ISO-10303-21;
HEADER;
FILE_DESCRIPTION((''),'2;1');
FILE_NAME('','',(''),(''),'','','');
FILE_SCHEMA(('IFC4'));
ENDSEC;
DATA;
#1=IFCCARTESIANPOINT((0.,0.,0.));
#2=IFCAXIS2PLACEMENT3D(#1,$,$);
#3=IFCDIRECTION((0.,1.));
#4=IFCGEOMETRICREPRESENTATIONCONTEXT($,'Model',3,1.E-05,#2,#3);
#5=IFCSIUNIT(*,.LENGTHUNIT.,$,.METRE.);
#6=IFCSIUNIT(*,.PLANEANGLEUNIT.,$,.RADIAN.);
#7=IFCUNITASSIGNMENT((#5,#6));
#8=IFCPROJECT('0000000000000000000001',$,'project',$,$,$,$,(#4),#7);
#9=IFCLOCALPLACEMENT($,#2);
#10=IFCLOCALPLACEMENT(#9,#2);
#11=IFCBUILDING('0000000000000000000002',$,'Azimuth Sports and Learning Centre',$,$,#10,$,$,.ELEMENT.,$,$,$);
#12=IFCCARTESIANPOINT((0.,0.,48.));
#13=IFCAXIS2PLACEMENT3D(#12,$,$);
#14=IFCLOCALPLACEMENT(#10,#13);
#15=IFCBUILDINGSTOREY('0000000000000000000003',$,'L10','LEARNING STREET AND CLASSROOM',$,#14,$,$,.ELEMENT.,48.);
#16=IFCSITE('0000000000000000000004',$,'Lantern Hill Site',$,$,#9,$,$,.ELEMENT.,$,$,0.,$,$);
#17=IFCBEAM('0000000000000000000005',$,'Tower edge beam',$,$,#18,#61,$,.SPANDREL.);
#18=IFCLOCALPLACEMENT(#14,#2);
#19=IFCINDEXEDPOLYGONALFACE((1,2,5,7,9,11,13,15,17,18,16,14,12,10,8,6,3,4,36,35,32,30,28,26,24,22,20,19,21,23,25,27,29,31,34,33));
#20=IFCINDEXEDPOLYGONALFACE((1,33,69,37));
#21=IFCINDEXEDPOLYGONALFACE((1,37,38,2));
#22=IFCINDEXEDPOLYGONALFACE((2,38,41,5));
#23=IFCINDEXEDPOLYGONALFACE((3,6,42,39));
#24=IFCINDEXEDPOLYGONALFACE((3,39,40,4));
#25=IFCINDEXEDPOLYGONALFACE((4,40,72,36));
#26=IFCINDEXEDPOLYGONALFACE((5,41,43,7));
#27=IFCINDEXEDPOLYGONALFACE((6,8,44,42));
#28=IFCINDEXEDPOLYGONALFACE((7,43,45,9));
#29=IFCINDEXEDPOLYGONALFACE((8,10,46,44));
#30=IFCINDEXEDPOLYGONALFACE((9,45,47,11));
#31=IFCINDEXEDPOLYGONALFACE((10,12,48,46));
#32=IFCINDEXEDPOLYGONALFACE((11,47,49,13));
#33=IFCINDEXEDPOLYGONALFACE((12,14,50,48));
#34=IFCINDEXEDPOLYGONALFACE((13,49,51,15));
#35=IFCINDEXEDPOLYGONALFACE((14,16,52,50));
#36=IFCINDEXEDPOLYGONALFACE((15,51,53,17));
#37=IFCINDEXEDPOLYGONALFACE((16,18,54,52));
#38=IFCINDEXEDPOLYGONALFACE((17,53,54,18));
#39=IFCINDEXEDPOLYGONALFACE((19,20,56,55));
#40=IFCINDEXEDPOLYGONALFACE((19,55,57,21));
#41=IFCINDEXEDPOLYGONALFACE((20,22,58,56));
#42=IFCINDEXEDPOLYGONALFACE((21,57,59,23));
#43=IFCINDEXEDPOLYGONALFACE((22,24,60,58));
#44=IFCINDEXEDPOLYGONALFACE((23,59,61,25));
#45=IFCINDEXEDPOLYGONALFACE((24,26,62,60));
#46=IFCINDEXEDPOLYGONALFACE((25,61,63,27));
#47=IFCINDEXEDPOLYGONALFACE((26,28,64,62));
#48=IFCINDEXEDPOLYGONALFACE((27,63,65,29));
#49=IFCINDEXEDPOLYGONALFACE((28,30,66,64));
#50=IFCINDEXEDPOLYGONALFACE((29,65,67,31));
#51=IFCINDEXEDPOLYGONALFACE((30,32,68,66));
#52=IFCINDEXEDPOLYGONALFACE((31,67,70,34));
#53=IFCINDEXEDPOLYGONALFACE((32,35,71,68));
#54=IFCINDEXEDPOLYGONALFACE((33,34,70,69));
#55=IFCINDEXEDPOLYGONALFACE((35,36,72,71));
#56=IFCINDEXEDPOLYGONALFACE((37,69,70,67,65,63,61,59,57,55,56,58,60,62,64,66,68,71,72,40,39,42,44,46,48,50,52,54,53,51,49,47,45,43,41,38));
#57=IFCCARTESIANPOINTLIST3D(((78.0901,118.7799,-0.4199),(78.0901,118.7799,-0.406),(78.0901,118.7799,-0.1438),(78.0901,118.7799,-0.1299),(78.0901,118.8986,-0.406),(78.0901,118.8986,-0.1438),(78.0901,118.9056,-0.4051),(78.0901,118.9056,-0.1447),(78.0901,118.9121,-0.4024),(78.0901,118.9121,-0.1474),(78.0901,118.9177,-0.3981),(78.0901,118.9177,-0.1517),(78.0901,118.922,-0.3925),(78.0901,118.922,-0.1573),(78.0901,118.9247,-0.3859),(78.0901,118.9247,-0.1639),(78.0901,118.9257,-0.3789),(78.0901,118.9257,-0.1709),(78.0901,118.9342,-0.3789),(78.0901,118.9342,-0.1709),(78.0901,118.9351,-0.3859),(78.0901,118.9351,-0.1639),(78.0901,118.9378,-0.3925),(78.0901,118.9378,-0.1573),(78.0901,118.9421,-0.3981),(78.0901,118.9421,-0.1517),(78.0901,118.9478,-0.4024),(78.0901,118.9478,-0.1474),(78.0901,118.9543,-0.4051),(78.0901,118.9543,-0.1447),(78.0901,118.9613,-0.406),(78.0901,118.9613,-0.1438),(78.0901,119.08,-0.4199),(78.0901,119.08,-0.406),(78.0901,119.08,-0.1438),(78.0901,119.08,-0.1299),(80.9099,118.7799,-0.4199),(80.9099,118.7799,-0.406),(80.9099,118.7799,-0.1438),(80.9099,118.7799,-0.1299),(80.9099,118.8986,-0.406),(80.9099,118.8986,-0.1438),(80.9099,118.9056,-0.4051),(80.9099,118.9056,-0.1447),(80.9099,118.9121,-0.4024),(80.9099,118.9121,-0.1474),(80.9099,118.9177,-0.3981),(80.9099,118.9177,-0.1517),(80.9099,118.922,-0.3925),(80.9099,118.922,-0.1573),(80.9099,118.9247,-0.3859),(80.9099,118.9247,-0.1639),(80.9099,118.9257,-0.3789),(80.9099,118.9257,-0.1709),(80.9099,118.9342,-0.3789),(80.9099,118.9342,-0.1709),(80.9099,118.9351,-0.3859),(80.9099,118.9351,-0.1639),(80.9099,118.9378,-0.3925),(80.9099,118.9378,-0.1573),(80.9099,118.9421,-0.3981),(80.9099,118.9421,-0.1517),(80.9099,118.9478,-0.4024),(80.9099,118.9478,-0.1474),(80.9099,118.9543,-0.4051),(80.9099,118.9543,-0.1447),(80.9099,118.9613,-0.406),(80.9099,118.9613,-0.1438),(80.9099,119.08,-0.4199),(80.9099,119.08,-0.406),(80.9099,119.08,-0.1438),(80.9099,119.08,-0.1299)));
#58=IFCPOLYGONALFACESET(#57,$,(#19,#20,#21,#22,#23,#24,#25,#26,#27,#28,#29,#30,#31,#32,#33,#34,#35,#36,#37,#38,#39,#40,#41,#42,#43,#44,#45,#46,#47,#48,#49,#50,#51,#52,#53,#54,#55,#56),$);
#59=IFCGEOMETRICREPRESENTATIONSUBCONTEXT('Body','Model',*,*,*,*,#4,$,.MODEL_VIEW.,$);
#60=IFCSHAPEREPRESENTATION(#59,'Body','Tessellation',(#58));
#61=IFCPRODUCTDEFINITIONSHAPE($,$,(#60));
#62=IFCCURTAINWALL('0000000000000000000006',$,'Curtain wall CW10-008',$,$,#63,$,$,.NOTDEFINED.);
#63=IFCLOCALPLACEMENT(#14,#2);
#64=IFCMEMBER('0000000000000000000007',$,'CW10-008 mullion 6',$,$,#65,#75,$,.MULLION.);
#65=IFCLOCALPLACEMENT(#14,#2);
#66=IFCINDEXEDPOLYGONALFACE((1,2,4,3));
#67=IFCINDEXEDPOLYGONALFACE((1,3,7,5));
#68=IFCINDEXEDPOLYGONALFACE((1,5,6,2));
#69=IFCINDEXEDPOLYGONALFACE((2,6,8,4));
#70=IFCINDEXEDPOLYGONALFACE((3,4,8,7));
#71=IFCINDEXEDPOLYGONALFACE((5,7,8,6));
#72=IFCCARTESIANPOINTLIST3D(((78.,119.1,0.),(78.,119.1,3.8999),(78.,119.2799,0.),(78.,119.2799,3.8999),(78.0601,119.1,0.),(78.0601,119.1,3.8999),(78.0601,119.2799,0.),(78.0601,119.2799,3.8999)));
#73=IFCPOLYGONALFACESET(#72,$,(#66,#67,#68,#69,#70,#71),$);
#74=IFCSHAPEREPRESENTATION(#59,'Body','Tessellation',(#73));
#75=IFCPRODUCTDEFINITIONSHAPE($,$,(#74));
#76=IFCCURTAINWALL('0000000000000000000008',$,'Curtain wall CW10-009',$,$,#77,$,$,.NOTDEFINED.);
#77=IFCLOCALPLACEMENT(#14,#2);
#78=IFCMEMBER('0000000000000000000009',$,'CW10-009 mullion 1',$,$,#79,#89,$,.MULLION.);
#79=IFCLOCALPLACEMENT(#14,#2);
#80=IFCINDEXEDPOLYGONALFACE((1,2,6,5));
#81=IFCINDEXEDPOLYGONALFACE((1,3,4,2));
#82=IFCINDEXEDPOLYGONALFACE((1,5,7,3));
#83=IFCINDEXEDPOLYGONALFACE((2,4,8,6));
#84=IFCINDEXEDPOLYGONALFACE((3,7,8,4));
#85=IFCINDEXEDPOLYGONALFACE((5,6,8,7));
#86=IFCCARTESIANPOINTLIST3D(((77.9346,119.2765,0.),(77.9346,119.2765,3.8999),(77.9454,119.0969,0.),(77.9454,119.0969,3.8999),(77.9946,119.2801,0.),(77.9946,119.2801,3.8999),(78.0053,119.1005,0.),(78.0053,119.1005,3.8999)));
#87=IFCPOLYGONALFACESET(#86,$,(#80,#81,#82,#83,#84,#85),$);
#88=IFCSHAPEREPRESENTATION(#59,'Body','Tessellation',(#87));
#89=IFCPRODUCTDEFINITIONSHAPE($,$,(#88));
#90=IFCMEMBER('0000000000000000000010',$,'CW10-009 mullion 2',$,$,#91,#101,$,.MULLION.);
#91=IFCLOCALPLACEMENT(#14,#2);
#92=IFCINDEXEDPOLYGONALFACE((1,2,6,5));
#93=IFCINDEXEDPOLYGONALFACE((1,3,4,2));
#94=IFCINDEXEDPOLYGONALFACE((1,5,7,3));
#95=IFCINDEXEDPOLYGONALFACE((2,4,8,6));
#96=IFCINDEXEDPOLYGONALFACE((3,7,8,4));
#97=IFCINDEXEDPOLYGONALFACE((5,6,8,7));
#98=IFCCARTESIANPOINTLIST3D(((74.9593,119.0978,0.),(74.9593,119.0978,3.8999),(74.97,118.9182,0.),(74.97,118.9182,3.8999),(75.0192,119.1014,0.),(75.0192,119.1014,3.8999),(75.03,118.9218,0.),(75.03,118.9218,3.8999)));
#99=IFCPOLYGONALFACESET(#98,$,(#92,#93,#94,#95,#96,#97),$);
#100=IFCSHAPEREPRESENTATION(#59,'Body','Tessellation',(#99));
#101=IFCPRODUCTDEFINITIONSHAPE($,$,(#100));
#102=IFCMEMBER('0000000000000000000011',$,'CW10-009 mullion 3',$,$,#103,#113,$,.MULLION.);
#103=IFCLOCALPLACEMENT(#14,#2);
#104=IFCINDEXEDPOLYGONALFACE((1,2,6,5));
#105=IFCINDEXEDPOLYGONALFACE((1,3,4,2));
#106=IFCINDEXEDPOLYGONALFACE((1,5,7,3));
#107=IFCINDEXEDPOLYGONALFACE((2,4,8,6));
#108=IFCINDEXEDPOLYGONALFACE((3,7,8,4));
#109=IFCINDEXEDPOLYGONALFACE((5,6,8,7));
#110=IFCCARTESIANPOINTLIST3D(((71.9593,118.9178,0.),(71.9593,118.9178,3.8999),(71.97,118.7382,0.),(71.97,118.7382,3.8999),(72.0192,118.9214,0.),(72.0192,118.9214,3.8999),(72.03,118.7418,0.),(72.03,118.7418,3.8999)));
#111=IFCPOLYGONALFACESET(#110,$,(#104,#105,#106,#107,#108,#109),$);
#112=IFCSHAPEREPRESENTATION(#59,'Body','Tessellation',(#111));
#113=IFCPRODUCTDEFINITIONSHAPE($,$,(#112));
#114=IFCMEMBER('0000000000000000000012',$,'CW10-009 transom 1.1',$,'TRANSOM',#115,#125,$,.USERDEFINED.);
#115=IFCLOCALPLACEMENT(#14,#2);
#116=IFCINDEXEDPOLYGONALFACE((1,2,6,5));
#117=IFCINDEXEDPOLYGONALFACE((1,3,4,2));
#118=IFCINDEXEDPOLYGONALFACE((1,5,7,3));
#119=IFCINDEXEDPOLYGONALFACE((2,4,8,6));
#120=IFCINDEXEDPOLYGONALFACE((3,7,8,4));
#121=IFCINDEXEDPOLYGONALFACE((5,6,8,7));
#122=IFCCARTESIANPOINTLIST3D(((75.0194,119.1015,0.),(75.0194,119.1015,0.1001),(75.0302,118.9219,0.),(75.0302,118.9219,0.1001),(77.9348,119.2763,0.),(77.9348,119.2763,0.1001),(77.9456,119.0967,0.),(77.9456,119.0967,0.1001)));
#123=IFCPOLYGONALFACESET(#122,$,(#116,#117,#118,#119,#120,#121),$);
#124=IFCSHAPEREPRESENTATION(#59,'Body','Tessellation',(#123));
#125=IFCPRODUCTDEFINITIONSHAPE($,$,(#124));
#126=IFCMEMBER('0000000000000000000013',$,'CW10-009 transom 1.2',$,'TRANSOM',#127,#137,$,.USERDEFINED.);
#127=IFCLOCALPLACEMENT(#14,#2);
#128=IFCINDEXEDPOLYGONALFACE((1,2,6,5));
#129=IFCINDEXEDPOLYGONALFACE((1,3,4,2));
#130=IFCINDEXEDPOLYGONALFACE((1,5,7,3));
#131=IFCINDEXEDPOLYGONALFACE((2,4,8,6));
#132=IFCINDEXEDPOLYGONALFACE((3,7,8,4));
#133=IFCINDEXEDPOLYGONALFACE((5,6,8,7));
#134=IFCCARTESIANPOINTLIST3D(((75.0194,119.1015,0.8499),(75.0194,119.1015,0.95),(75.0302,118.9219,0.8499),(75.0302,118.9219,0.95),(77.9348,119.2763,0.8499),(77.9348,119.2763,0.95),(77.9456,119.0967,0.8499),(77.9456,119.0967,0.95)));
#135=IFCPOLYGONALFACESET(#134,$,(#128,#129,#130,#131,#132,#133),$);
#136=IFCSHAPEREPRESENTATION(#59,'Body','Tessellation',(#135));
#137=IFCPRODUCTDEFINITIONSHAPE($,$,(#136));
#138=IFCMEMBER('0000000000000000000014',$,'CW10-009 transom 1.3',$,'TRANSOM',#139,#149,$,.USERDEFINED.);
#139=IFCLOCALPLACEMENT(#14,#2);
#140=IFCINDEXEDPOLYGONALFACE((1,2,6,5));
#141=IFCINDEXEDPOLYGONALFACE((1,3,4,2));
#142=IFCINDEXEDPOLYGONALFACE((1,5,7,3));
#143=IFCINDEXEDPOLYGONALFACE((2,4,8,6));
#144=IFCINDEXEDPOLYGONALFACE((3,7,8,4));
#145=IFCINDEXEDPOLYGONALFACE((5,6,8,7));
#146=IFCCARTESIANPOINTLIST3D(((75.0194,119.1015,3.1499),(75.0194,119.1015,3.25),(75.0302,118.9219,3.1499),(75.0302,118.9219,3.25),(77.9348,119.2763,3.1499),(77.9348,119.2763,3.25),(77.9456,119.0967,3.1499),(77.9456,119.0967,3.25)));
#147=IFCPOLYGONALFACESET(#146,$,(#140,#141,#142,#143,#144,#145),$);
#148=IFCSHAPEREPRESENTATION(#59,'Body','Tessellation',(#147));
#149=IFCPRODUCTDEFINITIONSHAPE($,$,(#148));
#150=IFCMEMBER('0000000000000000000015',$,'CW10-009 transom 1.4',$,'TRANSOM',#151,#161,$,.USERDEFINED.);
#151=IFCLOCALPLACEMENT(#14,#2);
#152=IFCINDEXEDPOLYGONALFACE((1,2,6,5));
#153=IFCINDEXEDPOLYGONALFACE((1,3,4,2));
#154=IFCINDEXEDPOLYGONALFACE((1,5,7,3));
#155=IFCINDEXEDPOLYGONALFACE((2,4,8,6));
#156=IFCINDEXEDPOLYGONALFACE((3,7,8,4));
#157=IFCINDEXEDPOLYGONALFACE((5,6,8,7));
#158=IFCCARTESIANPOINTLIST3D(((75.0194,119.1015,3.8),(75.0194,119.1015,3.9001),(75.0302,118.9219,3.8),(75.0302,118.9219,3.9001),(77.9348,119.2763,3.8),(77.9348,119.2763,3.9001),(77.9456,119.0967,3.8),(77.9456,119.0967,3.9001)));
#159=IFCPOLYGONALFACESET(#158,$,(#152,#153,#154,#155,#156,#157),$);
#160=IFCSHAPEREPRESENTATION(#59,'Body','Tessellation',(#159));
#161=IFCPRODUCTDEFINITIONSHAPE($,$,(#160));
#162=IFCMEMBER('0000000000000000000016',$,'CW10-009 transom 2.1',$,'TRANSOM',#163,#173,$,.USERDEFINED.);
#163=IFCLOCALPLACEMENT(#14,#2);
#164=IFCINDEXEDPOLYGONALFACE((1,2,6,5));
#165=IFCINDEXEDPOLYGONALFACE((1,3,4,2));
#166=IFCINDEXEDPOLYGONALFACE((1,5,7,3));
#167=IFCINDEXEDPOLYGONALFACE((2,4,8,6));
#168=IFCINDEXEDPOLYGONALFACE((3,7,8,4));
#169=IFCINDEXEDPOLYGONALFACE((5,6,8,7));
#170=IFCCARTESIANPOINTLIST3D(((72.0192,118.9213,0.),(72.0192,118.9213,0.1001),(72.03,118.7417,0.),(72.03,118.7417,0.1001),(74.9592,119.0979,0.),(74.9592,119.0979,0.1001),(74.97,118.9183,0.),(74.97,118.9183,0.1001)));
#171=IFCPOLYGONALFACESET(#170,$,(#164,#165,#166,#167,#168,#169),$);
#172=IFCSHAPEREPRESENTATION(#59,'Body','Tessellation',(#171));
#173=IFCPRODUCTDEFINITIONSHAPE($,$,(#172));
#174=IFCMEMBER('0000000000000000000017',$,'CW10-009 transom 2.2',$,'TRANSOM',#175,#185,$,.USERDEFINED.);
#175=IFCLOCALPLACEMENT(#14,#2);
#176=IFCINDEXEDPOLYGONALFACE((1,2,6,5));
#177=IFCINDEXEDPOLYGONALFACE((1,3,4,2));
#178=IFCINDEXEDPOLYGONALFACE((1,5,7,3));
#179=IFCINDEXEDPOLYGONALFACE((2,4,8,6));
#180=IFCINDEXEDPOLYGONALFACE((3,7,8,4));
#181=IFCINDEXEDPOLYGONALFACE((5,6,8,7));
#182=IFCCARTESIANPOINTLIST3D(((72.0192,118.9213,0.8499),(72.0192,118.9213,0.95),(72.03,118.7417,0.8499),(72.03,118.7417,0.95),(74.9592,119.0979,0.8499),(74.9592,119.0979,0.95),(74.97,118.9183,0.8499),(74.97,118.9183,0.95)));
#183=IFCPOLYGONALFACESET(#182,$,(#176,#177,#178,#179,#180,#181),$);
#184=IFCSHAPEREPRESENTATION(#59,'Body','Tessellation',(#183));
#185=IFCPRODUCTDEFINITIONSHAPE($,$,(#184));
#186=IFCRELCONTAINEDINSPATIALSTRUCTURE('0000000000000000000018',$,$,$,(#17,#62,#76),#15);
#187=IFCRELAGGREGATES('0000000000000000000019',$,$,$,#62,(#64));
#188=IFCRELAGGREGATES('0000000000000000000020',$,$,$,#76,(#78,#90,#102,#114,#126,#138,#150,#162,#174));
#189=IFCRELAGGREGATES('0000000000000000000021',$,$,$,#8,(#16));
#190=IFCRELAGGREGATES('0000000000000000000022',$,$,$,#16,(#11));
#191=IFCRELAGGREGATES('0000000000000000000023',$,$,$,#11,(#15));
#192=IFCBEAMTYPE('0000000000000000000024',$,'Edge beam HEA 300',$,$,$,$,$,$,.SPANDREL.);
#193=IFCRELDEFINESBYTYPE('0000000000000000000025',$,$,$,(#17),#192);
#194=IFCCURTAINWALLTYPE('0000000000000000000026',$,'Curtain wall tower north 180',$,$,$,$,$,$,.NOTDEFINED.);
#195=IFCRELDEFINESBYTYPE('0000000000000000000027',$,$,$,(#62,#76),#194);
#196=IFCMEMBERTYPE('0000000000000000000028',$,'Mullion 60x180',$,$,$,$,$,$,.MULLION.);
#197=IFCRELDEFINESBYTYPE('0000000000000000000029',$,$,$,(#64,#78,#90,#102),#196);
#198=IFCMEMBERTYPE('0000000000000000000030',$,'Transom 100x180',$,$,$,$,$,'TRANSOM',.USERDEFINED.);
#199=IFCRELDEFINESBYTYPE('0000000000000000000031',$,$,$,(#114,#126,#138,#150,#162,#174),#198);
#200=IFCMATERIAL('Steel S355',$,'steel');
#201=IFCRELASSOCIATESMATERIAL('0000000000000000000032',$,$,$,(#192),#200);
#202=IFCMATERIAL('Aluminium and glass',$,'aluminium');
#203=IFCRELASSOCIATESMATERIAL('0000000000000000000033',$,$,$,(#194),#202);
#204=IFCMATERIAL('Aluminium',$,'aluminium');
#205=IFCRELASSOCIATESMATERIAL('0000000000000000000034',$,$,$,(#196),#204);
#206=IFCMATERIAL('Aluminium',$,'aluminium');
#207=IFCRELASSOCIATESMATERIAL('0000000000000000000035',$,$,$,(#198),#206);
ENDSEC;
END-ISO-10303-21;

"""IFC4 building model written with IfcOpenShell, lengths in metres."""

from ifc_helpers import new_model, si_unit, direction, frame, origin, origin_2d, place, context, subcontext, project, spatial, rectangle, i_section, extrude, material, material_profile, profile_set, type_object, element, aggregate, save


model = new_model("IFC4")

# Units and contexts
model_context = context("Model", 3, precision=1e-05, world=origin(), true_north=direction((0.0, 1.0)))
body_context = subcontext(model_context, "Body", "Model", "MODEL_VIEW")
ifc_project = project(units=[si_unit("LENGTHUNIT", "METRE"), si_unit("PLANEANGLEUNIT", "RADIAN")], contexts=[model_context])

# Site, building, storey
site_placement = place(None, origin())
site = spatial("IfcSite", under=ifc_project, at=site_placement, Name="Lantern Hill Site", CompositionType="ELEMENT", RefElevation=0.0)
building_placement = place(site_placement, origin())
building = spatial("IfcBuilding", under=site, at=building_placement, Name="Azimuth Sports and Learning Centre", CompositionType="ELEMENT")
storey_placement = place(building_placement, frame((0.0, 0.0, 48.0)))
storey = spatial("IfcBuildingStorey", under=building, at=storey_placement, Name="L10", Description="LEARNING STREET AND CLASSROOM", CompositionType="ELEMENT", Elevation=48.0)

# Beam
ifc_material_1 = material(Name="Steel S355", Category="steel")
ifc_material_profile_1 = material_profile(ifc_material_1, i_section(OverallWidth=0.3, OverallDepth=0.29, WebThickness=0.0085, FlangeThickness=0.0139, FilletRadius=0.0271, at=origin_2d()), Name="HEA 300")
ifc_profile_set_1 = profile_set([ifc_material_profile_1], Name="Steel S355")
beam_type = type_object("IfcBeamType", Name="Edge beam HEA 300", PredefinedType="SPANDREL", material=ifc_profile_set_1)
beam_placement = place(storey_placement, frame((78.0901, 118.9299, -0.2749), z_axis=(1.0, 0.0, 0.0), x_axis=(0.0, 1.0, 0.0)))
element("IfcBeam", 1, at=beam_placement, inside=storey, type_object=beam_type, Name="Tower edge beam", PredefinedType="SPANDREL", context=body_context, shape_type="SweptSolid", body=[
    extrude(i_section(OverallWidth=0.3, OverallDepth=0.29, WebThickness=0.0085, FlangeThickness=0.0139, FilletRadius=0.0271, at=origin_2d()), origin(), (0.0, 0.0, 1.0), 2.8198),
])

# Curtain wall, member
ifc_material_2 = material(Name="Aluminium and glass", Category="aluminium")
curtain_wall_type = type_object("IfcCurtainWallType", Name="Curtain wall tower north 180", PredefinedType="NOTDEFINED", material=ifc_material_2)
curtain_wall_1_placement = place(storey_placement, origin())
curtain_wall_1 = element("IfcCurtainWall", 2, at=curtain_wall_1_placement, inside=storey, type_object=curtain_wall_type, Name="Curtain wall CW10-008", PredefinedType="NOTDEFINED")
ifc_material_3 = material(Name="Aluminium", Category="aluminium")
ifc_material_profile_2 = material_profile(ifc_material_3, rectangle(XDim=0.1799, YDim=0.0601, at=origin_2d()), Name="Mullion 60x180")
ifc_profile_set_2 = profile_set([ifc_material_profile_2], Name="Aluminium")
member_type_1 = type_object("IfcMemberType", Name="Mullion 60x180", PredefinedType="MULLION", material=ifc_profile_set_2)
member_1_placement = place(storey_placement, frame((78.03, 119.1899, 0.0), z_axis=(0.0, 0.0, 1.0), x_axis=(0.0, -1.0, 0.0)))
member_1 = element("IfcMember", 3, at=member_1_placement, type_object=member_type_1, Name="CW10-008 mullion 6", PredefinedType="MULLION", context=body_context, shape_type="SweptSolid", body=[
    extrude(rectangle(XDim=0.1799, YDim=0.0601, at=origin_2d()), origin(), (0.0, 0.0, 1.0), 3.8999),
])
aggregate(curtain_wall_1, [member_1])

# Curtain wall, members
curtain_wall_2_placement = place(storey_placement, origin())
curtain_wall_2 = element("IfcCurtainWall", 4, at=curtain_wall_2_placement, inside=storey, type_object=curtain_wall_type, Name="Curtain wall CW10-009", PredefinedType="NOTDEFINED")
member_2_placement = place(storey_placement, frame((77.97, 119.1885, 0.0), z_axis=(0.0, 0.0, 1.0), x_axis=(0.059892, -0.998205, 0.0)))
member_2 = element("IfcMember", 5, at=member_2_placement, type_object=member_type_1, Name="CW10-009 mullion 1", PredefinedType="MULLION", context=body_context, shape_type="SweptSolid", body=[
    extrude(rectangle(XDim=0.1799, YDim=0.0601, at=origin_2d()), origin(), (0.0, 0.0, 1.0), 3.8999),
])
member_3_placement = place(storey_placement, frame((74.9946, 119.0098, 0.0), z_axis=(0.0, 0.0, 1.0), x_axis=(0.059892, -0.998205, 0.0)))
member_3 = element("IfcMember", 6, at=member_3_placement, type_object=member_type_1, Name="CW10-009 mullion 2", PredefinedType="MULLION", context=body_context, shape_type="SweptSolid", body=[
    extrude(rectangle(XDim=0.1799, YDim=0.0601, at=origin_2d()), origin(), (0.0, 0.0, 1.0), 3.8999),
])
member_4_placement = place(storey_placement, frame((71.9946, 118.8298, 0.0), z_axis=(0.0, 0.0, 1.0), x_axis=(0.059892, -0.998205, 0.0)))
member_4 = element("IfcMember", 7, at=member_4_placement, type_object=member_type_1, Name="CW10-009 mullion 3", PredefinedType="MULLION", context=body_context, shape_type="SweptSolid", body=[
    extrude(rectangle(XDim=0.1799, YDim=0.0601, at=origin_2d()), origin(), (0.0, 0.0, 1.0), 3.8999),
])
ifc_material_4 = material(Name="Aluminium", Category="aluminium")
ifc_material_profile_3 = material_profile(ifc_material_4, rectangle(XDim=0.1799, YDim=0.1001, at=origin_2d()), Name="Transom 100x180")
ifc_profile_set_3 = profile_set([ifc_material_profile_3], Name="Aluminium")
member_type_2 = type_object("IfcMemberType", Name="Transom 100x180", ElementType="TRANSOM", PredefinedType="USERDEFINED", material=ifc_profile_set_3)
member_5_placement = place(storey_placement, frame((77.9402, 119.1865, 0.05), z_axis=(-0.998207, -0.059849, 0.0), x_axis=(0.059849, -0.998207, 0.0)))
member_5 = element("IfcMember", 8, at=member_5_placement, type_object=member_type_2, Name="CW10-009 transom 1.1", ObjectType="TRANSOM", PredefinedType="USERDEFINED", context=body_context, shape_type="SweptSolid", body=[
    extrude(rectangle(XDim=0.1799, YDim=0.1001, at=origin_2d()), origin(), (0.0, 0.0, 1.0), 2.9207),
])
member_6_placement = place(storey_placement, frame((77.9402, 119.1865, 0.8999), z_axis=(-0.998207, -0.059849, 0.0), x_axis=(0.059849, -0.998207, 0.0)))
member_6 = element("IfcMember", 9, at=member_6_placement, type_object=member_type_2, Name="CW10-009 transom 1.2", ObjectType="TRANSOM", PredefinedType="USERDEFINED", context=body_context, shape_type="SweptSolid", body=[
    extrude(rectangle(XDim=0.1799, YDim=0.1001, at=origin_2d()), origin(), (0.0, 0.0, 1.0), 2.9207),
])
member_7_placement = place(storey_placement, frame((77.9402, 119.1865, 3.2), z_axis=(-0.998207, -0.059849, 0.0), x_axis=(0.059849, -0.998207, 0.0)))
member_7 = element("IfcMember", 10, at=member_7_placement, type_object=member_type_2, Name="CW10-009 transom 1.3", ObjectType="TRANSOM", PredefinedType="USERDEFINED", context=body_context, shape_type="SweptSolid", body=[
    extrude(rectangle(XDim=0.1799, YDim=0.1001, at=origin_2d()), origin(), (0.0, 0.0, 1.0), 2.9207),
])
member_8_placement = place(storey_placement, frame((77.9402, 119.1865, 3.8501), z_axis=(-0.998207, -0.059849, 0.0), x_axis=(0.059849, -0.998207, 0.0)))
member_8 = element("IfcMember", 11, at=member_8_placement, type_object=member_type_2, Name="CW10-009 transom 1.4", ObjectType="TRANSOM", PredefinedType="USERDEFINED", context=body_context, shape_type="SweptSolid", body=[
    extrude(rectangle(XDim=0.1799, YDim=0.1001, at=origin_2d()), origin(), (0.0, 0.0, 1.0), 2.9207),
])
member_9_placement = place(storey_placement, frame((74.9646, 119.0081, 0.05), z_axis=(-0.998202, -0.059932, 0.0), x_axis=(0.059932, -0.998202, 0.0)))
member_9 = element("IfcMember", 12, at=member_9_placement, type_object=member_type_2, Name="CW10-009 transom 2.1", ObjectType="TRANSOM", PredefinedType="USERDEFINED", context=body_context, shape_type="SweptSolid", body=[
    extrude(rectangle(XDim=0.1799, YDim=0.1001, at=origin_2d()), origin(), (0.0, 0.0, 1.0), 2.9453),
])
member_10_placement = place(storey_placement, frame((74.9646, 119.0081, 0.8999), z_axis=(-0.998202, -0.059932, 0.0), x_axis=(0.059932, -0.998202, 0.0)))
member_10 = element("IfcMember", 13, at=member_10_placement, type_object=member_type_2, Name="CW10-009 transom 2.2", ObjectType="TRANSOM", PredefinedType="USERDEFINED", context=body_context, shape_type="SweptSolid", body=[
    extrude(rectangle(XDim=0.1799, YDim=0.1001, at=origin_2d()), origin(), (0.0, 0.0, 1.0), 2.9453),
])
aggregate(curtain_wall_2, [member_2, member_3, member_4, member_5, member_6, member_7, member_8, member_9, member_10])

save(model, "model.ifc")
